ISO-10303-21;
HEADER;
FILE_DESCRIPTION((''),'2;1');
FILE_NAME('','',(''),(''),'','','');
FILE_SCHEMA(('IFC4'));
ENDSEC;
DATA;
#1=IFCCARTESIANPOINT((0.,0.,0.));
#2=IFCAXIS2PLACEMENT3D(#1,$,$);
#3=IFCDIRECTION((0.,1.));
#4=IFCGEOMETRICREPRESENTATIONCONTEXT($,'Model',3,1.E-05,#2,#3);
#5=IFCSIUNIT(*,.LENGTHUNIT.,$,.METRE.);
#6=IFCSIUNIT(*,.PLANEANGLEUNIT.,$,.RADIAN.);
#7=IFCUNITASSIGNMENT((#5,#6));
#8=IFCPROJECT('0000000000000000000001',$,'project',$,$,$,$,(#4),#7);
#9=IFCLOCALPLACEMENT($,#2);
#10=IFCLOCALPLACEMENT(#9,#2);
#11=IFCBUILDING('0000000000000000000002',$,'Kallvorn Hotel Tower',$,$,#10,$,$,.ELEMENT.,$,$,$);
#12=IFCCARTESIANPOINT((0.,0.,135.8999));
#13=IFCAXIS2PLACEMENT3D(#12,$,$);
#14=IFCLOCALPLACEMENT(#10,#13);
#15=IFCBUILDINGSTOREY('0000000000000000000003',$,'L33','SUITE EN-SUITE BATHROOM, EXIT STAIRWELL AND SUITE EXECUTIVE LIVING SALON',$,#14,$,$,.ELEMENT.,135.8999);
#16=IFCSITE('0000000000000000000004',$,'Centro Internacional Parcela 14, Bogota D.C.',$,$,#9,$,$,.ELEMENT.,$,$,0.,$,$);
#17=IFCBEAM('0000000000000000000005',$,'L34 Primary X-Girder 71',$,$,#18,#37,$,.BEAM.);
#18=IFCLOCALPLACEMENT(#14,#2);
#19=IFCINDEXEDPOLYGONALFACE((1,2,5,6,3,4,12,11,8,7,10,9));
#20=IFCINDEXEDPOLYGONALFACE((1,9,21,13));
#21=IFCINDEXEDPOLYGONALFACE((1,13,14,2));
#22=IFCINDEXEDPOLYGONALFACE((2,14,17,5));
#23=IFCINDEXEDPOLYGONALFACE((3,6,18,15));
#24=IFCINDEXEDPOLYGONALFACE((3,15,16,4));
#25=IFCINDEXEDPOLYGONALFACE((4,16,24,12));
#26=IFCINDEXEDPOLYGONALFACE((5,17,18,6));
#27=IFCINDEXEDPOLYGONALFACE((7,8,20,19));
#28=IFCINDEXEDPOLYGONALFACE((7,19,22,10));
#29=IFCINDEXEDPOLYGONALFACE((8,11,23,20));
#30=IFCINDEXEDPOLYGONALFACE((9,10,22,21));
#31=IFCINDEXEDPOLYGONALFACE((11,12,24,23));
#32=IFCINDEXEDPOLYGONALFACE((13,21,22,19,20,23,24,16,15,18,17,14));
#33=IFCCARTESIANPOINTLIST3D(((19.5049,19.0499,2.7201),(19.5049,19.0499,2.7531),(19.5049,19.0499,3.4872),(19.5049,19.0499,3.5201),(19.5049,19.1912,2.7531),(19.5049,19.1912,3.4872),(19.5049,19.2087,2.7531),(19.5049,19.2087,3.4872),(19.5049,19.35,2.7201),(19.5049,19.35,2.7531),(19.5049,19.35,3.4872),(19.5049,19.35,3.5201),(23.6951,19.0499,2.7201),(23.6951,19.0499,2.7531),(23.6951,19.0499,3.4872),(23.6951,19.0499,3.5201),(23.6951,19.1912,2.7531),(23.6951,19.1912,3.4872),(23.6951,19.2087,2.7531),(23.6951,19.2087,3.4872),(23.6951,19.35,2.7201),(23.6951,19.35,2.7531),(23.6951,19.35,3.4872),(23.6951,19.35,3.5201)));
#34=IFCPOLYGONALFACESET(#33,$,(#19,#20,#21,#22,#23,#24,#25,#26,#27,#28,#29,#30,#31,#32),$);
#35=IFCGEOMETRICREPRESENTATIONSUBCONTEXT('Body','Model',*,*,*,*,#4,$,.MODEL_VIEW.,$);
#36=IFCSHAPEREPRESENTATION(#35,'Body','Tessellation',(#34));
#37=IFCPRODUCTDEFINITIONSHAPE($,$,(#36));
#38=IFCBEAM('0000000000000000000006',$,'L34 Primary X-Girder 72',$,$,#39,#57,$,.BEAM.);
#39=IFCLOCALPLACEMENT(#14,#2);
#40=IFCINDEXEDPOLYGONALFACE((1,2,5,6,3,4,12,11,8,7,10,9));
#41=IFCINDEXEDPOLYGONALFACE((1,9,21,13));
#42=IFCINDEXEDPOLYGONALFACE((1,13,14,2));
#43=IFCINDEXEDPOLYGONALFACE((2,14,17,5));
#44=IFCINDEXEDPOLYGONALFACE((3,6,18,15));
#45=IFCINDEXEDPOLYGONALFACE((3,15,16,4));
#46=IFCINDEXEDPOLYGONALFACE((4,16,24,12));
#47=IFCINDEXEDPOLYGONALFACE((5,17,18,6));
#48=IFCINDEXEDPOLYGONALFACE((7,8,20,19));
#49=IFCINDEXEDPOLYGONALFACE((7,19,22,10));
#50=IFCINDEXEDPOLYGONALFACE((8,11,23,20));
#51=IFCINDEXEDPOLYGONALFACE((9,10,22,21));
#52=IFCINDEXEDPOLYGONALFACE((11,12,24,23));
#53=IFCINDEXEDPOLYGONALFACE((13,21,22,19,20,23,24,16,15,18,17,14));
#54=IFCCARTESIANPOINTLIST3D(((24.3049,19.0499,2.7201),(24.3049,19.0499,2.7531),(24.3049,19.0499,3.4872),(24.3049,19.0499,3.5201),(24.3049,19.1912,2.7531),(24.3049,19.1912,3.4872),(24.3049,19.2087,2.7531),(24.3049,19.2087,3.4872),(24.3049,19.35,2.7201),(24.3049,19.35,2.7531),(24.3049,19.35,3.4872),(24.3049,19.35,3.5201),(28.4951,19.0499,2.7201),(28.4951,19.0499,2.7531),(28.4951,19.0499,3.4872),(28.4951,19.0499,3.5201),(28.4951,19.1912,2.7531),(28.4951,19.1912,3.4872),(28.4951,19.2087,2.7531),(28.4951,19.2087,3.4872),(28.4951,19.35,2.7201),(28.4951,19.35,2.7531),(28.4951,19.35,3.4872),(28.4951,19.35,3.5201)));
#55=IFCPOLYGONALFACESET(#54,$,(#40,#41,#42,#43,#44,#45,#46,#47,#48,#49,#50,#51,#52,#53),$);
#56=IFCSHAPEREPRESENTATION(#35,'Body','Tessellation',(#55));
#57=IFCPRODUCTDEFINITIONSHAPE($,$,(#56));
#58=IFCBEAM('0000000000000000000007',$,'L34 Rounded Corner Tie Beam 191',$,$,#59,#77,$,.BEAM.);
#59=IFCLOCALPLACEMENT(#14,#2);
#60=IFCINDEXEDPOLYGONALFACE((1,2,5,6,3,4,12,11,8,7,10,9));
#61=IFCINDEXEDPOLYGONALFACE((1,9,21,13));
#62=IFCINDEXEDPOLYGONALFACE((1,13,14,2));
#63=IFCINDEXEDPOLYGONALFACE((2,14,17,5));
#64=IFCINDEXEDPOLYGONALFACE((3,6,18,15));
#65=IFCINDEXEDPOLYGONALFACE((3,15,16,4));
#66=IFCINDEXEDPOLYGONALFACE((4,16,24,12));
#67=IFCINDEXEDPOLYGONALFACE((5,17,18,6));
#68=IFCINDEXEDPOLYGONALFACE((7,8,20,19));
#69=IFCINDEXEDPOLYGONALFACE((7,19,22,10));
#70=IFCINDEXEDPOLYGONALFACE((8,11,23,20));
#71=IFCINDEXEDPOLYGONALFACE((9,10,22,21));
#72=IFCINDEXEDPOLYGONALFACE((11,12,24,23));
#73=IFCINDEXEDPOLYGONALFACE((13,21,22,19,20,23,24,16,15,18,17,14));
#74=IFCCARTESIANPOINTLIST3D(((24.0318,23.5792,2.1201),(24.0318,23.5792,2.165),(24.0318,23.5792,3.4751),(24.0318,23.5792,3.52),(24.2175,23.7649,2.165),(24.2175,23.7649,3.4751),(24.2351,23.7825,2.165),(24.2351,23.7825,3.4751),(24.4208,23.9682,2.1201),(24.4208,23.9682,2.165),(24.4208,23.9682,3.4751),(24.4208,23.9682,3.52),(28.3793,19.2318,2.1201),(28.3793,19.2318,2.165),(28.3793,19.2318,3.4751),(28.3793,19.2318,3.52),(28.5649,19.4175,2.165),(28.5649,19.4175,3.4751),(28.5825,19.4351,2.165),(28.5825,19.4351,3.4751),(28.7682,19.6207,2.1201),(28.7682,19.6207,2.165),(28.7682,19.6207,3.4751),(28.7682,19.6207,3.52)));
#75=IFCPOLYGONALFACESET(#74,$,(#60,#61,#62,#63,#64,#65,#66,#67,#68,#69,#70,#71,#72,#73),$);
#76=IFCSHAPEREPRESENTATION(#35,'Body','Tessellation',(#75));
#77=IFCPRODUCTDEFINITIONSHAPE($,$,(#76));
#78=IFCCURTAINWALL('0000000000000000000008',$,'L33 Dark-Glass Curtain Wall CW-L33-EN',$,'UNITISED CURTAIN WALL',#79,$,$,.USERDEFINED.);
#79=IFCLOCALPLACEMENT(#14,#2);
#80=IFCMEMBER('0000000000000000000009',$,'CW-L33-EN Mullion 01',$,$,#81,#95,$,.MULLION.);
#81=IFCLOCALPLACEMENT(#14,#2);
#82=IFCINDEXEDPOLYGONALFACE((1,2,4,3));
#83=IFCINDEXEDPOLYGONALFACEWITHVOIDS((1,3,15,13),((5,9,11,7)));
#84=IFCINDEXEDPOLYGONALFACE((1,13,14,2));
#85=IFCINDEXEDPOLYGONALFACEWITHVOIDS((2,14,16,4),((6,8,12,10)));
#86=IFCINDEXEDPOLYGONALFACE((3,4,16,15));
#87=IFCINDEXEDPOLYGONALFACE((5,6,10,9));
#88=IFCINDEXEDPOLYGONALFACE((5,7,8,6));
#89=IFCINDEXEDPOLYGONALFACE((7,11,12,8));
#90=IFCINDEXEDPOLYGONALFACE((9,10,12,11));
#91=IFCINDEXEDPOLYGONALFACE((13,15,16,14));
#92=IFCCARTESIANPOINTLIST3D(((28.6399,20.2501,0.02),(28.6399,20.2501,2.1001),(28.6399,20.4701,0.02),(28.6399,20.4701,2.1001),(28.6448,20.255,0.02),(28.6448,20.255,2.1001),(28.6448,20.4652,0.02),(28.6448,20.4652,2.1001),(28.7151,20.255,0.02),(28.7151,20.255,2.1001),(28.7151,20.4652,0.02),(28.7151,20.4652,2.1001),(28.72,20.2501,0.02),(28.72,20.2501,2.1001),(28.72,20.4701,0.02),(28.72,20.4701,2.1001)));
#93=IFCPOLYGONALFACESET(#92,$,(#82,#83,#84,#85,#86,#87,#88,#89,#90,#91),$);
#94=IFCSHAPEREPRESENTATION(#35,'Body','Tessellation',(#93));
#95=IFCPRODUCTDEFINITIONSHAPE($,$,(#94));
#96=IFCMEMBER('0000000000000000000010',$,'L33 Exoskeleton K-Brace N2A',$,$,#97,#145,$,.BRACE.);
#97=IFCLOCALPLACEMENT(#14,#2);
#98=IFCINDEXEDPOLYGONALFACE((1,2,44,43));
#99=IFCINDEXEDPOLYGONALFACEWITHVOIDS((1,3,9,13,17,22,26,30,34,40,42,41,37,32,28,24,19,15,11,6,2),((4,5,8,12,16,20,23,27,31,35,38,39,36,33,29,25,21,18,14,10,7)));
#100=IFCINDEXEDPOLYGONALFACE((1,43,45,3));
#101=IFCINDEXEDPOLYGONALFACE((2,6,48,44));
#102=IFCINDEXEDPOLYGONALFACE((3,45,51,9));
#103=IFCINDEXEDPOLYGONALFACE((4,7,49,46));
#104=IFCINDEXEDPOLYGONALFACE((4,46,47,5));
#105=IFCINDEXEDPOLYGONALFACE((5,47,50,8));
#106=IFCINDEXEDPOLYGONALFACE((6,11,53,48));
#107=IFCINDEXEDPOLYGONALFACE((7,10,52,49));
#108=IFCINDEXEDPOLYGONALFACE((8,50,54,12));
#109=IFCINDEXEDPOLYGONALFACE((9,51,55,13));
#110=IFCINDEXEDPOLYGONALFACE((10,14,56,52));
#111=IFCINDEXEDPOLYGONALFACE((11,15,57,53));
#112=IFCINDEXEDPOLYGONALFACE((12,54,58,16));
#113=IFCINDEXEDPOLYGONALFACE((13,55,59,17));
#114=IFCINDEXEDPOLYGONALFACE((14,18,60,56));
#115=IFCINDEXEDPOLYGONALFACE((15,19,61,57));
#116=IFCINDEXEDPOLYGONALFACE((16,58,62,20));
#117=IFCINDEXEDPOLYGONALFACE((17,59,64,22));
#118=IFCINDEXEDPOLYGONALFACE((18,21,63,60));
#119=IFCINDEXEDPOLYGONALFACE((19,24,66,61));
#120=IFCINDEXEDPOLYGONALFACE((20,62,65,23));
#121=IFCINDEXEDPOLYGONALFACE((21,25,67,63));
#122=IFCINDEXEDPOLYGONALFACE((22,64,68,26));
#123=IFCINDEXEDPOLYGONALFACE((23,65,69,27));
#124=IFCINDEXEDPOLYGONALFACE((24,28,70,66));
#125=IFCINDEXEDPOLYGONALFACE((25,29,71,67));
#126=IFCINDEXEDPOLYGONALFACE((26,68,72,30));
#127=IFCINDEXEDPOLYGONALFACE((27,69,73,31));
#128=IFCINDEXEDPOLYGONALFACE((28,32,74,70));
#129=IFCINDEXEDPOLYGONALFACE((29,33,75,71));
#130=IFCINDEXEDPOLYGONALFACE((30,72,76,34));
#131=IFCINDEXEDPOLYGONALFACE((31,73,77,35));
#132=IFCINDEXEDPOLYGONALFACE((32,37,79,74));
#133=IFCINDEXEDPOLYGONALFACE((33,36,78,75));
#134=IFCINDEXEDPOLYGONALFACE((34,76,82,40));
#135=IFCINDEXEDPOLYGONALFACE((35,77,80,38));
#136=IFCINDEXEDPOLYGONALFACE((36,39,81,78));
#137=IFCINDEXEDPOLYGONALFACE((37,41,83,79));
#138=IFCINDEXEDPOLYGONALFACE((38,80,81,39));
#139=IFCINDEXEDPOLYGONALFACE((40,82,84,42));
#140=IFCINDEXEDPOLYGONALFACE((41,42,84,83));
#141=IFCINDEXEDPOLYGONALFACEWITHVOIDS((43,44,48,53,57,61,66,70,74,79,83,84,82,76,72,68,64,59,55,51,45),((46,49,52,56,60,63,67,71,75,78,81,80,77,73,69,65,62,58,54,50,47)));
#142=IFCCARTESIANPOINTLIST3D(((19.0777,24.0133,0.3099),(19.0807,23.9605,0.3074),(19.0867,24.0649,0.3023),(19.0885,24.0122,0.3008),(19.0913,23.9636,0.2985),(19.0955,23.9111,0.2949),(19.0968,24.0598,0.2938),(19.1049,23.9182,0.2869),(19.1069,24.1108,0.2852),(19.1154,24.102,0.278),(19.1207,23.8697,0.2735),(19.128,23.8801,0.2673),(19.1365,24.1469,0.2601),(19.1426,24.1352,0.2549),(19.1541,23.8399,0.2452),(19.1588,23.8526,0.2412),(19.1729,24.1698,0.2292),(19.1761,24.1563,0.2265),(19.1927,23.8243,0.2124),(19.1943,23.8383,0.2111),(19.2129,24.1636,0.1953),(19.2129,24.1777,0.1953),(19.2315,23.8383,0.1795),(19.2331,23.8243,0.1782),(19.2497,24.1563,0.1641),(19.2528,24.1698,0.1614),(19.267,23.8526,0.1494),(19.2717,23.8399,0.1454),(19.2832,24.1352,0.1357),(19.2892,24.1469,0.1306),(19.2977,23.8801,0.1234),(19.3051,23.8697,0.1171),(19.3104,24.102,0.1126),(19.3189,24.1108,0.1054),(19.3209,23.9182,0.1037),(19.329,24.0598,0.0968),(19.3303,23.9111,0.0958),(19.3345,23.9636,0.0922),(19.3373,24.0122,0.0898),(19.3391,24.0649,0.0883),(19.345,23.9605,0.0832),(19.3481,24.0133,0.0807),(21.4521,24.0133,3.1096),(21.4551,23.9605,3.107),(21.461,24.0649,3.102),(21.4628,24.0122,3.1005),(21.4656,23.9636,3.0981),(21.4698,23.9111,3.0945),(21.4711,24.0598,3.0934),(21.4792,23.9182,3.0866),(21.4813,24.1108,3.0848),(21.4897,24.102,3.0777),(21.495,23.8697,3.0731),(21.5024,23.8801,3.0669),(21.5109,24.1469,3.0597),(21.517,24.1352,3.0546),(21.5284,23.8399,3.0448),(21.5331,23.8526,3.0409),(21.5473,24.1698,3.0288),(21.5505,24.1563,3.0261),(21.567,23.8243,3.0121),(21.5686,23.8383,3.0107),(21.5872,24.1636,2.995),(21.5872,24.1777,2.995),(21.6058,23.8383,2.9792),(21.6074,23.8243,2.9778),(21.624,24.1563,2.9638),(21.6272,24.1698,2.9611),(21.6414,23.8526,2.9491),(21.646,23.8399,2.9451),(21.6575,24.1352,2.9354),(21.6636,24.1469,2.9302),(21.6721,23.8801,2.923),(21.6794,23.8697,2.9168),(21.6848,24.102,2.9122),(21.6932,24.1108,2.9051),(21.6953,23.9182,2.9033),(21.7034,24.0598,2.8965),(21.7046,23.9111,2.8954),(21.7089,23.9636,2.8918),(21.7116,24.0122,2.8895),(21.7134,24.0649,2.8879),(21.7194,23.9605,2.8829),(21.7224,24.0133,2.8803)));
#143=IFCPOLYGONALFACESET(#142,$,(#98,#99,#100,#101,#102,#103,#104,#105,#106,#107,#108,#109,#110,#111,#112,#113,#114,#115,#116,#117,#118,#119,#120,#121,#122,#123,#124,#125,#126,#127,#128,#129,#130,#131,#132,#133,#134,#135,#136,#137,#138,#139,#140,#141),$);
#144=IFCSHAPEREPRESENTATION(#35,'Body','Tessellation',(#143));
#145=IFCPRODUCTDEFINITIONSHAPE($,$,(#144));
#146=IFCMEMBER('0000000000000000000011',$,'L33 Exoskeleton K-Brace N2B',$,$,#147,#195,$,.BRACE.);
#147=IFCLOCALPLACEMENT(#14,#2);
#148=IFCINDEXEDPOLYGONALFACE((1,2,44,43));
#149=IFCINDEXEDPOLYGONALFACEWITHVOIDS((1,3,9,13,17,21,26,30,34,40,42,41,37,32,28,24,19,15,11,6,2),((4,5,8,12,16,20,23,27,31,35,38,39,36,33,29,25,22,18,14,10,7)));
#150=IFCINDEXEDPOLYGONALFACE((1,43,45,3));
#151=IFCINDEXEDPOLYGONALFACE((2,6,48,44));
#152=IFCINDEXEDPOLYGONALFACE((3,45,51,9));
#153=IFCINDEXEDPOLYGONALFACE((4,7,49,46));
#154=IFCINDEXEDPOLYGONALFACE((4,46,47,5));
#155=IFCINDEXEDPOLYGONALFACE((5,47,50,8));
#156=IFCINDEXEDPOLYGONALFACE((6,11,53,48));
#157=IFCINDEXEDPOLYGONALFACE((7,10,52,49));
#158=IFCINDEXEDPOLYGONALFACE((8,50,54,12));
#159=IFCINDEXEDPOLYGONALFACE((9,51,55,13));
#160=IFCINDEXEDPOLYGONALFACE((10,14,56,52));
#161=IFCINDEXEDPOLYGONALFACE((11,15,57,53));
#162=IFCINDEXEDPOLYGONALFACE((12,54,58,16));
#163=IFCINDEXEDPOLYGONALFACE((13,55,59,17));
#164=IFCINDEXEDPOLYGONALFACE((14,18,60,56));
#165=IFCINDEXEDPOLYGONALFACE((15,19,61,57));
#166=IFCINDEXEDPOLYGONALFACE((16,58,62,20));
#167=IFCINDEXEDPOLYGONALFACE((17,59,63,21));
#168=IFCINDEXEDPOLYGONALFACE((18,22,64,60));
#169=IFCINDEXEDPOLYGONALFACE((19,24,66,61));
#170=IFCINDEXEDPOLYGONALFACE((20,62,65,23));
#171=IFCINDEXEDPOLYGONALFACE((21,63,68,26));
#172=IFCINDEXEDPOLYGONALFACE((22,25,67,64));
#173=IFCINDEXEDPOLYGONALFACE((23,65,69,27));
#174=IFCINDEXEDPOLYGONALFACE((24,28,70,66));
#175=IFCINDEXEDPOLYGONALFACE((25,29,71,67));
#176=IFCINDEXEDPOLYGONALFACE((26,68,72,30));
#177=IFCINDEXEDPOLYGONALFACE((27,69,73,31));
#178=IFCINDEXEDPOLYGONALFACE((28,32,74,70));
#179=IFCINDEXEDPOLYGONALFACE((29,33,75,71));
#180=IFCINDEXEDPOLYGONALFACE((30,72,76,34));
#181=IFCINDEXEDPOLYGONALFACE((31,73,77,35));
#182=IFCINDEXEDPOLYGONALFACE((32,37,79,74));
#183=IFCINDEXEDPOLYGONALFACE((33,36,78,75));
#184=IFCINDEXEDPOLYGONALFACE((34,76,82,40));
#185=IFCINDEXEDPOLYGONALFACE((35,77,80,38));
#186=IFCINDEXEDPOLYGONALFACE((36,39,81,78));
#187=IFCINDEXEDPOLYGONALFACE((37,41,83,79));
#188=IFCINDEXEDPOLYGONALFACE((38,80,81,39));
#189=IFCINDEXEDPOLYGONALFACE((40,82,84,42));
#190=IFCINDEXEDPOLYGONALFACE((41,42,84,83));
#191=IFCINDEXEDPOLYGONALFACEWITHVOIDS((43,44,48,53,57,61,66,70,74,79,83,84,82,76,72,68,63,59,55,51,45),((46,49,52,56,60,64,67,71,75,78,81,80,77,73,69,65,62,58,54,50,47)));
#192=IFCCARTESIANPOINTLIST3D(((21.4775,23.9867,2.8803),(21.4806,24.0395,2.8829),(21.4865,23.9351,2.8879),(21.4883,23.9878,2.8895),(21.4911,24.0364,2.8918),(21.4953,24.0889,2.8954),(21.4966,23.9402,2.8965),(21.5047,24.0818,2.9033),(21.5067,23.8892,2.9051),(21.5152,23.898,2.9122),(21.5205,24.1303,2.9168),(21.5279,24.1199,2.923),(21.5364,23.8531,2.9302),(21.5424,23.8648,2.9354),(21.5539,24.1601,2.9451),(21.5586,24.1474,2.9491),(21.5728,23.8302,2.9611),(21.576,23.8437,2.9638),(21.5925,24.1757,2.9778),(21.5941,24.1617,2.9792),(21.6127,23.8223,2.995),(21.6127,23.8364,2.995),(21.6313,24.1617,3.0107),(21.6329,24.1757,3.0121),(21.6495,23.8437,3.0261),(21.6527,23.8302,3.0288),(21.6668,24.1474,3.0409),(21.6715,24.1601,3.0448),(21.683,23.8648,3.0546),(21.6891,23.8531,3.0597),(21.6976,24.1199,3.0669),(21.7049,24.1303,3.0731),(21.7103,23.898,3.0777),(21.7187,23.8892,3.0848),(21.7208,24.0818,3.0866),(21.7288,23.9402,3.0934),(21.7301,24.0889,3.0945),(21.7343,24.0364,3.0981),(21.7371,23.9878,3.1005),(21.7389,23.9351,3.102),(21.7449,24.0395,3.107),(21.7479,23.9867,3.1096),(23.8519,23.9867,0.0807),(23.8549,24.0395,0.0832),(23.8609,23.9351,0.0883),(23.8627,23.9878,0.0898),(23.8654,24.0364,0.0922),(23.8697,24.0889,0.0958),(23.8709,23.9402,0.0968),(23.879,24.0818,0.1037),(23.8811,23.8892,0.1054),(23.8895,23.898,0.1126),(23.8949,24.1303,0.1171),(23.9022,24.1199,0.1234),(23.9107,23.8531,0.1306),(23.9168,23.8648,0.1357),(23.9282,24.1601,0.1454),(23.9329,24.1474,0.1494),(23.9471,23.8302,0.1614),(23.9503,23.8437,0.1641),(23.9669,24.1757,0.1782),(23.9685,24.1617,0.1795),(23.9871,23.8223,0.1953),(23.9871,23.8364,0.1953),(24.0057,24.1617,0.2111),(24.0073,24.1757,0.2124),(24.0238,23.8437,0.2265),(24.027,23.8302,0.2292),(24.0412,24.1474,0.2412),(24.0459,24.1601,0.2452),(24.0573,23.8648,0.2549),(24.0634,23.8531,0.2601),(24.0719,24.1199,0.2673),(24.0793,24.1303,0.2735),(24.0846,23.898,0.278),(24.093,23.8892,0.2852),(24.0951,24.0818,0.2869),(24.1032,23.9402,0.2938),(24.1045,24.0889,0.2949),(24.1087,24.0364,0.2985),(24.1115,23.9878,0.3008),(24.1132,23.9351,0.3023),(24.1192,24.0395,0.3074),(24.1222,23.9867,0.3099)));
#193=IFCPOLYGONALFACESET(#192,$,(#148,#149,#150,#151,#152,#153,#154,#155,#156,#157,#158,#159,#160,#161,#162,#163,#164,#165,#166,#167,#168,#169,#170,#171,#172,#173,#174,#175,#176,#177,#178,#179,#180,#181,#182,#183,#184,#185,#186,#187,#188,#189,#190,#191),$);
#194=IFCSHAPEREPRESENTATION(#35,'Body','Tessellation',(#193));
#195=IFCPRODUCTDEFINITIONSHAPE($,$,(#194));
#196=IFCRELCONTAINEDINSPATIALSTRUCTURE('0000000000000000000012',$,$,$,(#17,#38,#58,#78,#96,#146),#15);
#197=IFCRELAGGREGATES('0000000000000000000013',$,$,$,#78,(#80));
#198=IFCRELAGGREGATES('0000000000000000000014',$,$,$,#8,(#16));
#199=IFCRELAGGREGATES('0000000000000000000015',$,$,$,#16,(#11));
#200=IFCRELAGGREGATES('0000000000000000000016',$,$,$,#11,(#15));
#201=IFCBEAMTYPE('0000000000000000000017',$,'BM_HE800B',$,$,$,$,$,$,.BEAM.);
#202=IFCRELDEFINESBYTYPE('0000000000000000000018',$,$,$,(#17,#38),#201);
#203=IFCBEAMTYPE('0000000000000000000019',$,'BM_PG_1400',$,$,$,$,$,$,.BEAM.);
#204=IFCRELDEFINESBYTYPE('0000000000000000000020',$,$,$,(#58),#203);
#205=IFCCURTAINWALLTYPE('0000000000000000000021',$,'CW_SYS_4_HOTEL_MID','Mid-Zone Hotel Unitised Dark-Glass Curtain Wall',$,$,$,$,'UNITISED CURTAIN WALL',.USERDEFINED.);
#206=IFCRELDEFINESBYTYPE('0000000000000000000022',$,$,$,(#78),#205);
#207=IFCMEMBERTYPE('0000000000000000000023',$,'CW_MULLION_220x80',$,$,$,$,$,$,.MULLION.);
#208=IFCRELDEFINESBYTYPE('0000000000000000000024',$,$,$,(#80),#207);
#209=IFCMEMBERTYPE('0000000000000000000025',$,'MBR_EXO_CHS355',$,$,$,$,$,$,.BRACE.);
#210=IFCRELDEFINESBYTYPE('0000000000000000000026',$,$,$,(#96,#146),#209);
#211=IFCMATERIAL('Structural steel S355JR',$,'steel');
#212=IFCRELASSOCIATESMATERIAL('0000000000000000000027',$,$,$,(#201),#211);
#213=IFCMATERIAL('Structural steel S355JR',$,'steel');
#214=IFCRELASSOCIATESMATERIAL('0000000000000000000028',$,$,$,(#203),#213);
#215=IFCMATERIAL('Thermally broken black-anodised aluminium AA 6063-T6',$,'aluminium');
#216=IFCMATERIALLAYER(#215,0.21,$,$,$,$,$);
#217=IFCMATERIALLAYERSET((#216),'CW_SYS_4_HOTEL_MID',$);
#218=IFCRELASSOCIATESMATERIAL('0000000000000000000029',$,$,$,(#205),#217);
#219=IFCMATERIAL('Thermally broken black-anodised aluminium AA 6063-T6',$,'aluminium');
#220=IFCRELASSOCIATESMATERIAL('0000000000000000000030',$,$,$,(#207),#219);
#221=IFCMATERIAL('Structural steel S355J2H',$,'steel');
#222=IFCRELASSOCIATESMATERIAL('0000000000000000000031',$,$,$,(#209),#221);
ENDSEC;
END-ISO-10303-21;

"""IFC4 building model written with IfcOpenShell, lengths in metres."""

from ifc_helpers import new_model, si_unit, direction, frame, origin, origin_2d, place, context, subcontext, project, spatial, hollow_rectangle, hollow_circle, i_section, extrude, material, layer, layer_set, material_profile, profile_set, type_object, element, aggregate, save


model = new_model("IFC4")

# Units and contexts
model_context = context("Model", 3, precision=1e-05, world=origin(), true_north=direction((0.0, 1.0)))
body_context = subcontext(model_context, "Body", "Model", "MODEL_VIEW")
ifc_project = project(units=[si_unit("LENGTHUNIT", "METRE"), si_unit("PLANEANGLEUNIT", "RADIAN")], contexts=[model_context])

# Site, building, storey
site_placement = place(None, origin())
site = spatial("IfcSite", under=ifc_project, at=site_placement, Name="Centro Internacional Parcela 14, Bogota D.C.", CompositionType="ELEMENT", RefElevation=0.0)
building_placement = place(site_placement, origin())
building = spatial("IfcBuilding", under=site, at=building_placement, Name="Kallvorn Hotel Tower", CompositionType="ELEMENT")
storey_placement = place(building_placement, frame((0.0, 0.0, 135.8999)))
storey = spatial("IfcBuildingStorey", under=building, at=storey_placement, Name="L33", Description="SUITE EN-SUITE BATHROOM, EXIT STAIRWELL AND SUITE EXECUTIVE LIVING SALON", CompositionType="ELEMENT", Elevation=135.8999)

# Beams
ifc_material_1 = material(Name="Structural steel S355JR", Category="steel")
ifc_material_profile_1 = material_profile(ifc_material_1, i_section(OverallWidth=0.3, OverallDepth=0.8, WebThickness=0.0176, FlangeThickness=0.033, at=origin_2d()), Name="HE 800 B")
ifc_profile_set_1 = profile_set([ifc_material_profile_1], Name="Structural steel S355JR")
beam_type_1 = type_object("IfcBeamType", Name="BM_HE800B", PredefinedType="BEAM", material=ifc_profile_set_1)
for number, where, z_axis, x_axis, name in (
    (1, (19.5049, 19.2, 3.1201), (1.0, 0.0, 0.0), (0.0, 1.0, 0.0), "L34 Primary X-Girder 71"),
    (2, (24.3049, 19.2, 3.1201), (1.0, 0.0, 0.0), (0.0, 1.0, 0.0), "L34 Primary X-Girder 72"),
):
    element("IfcBeam", number, at=place(storey_placement, frame(where, z_axis=z_axis, x_axis=x_axis)), inside=storey, type_object=beam_type_1, Name=name, PredefinedType="BEAM", context=body_context, shape_type="SweptSolid", body=[
        extrude(i_section(OverallWidth=0.3, OverallDepth=0.8, WebThickness=0.0176, FlangeThickness=0.033, at=origin_2d()), origin(), (0.0, 0.0, 1.0), 4.1902),
    ])
ifc_material_2 = material(Name="Structural steel S355JR", Category="steel")
ifc_material_profile_2 = material_profile(ifc_material_2, i_section(OverallWidth=0.55, OverallDepth=1.3999, WebThickness=0.0249, FlangeThickness=0.0449, at=origin_2d()), Name="PG 1400x550x25x45")
ifc_profile_set_2 = profile_set([ifc_material_profile_2], Name="Structural steel S355JR")
beam_type_2 = type_object("IfcBeamType", Name="BM_PG_1400", PredefinedType="BEAM", material=ifc_profile_set_2)
beam_1_placement = place(storey_placement, frame((28.5737, 19.4263, 2.8201), z_axis=(-0.707107, 0.707107, 0.0), x_axis=(-0.707107, -0.707107, 0.0)))
element("IfcBeam", 3, at=beam_1_placement, inside=storey, type_object=beam_type_2, Name="L34 Rounded Corner Tie Beam 191", PredefinedType="BEAM", context=body_context, shape_type="SweptSolid", body=[
    extrude(i_section(OverallWidth=0.55, OverallDepth=1.3999, WebThickness=0.0249, FlangeThickness=0.0449, at=origin_2d()), origin(), (0.0, 0.0, 1.0), 6.1482),
])

# Curtain wall, member
ifc_material_3 = material(Name="Thermally broken black-anodised aluminium AA 6063-T6", Category="aluminium")
ifc_layer_1 = layer(ifc_material_3, 0.21)
ifc_layer_set_1 = layer_set([ifc_layer_1], Name="CW_SYS_4_HOTEL_MID")
curtain_wall_type = type_object("IfcCurtainWallType", Name="CW_SYS_4_HOTEL_MID", Description="Mid-Zone Hotel Unitised Dark-Glass Curtain Wall", ElementType="UNITISED CURTAIN WALL", PredefinedType="USERDEFINED", material=ifc_layer_set_1)
curtain_wall_placement = place(storey_placement, origin())
curtain_wall = element("IfcCurtainWall", 4, at=curtain_wall_placement, inside=storey, type_object=curtain_wall_type, Name="L33 Dark-Glass Curtain Wall CW-L33-EN", ObjectType="UNITISED CURTAIN WALL", PredefinedType="USERDEFINED")
ifc_material_4 = material(Name="Thermally broken black-anodised aluminium AA 6063-T6", Category="aluminium")
ifc_material_profile_3 = material_profile(ifc_material_4, hollow_rectangle(XDim=0.0801, YDim=0.22, WallThickness=0.0049, at=origin_2d()), Name="MUL 220x80")
ifc_profile_set_3 = profile_set([ifc_material_profile_3], Name="Thermally broken black-anodised aluminium AA 6063-T6")
member_type_1 = type_object("IfcMemberType", Name="CW_MULLION_220x80", PredefinedType="MULLION", material=ifc_profile_set_3)
member_placement = place(storey_placement, frame((28.6799, 20.3601, 0.02), z_axis=(0.0, 0.0, 1.0), x_axis=(1.0, 0.0, 0.0)))
member = element("IfcMember", 5, at=member_placement, type_object=member_type_1, Name="CW-L33-EN Mullion 01", PredefinedType="MULLION", context=body_context, shape_type="SweptSolid", body=[
    extrude(hollow_rectangle(XDim=0.0801, YDim=0.22, WallThickness=0.0049, at=origin_2d()), origin(), (0.0, 0.0, 1.0), 2.0801),
])
aggregate(curtain_wall, [member])

# Members
ifc_material_5 = material(Name="Structural steel S355J2H", Category="steel")
ifc_material_profile_4 = material_profile(ifc_material_5, hollow_circle(Radius=0.1777, WallThickness=0.0142, at=origin_2d()), Name="CHS 355.6x14.2")
ifc_profile_set_4 = profile_set([ifc_material_profile_4], Name="Structural steel S355J2H")
member_type_2 = type_object("IfcMemberType", Name="MBR_EXO_CHS355", PredefinedType="BRACE", material=ifc_profile_set_4)
for number, where, z_axis, x_axis, name in (
    (6, (19.2129, 24.0, 0.1953), (0.6468, 0.0, 0.762659), (0.0, 1.0, 0.0), "L33 Exoskeleton K-Brace N2A"),
    (7, (23.9871, 24.0, 0.1953), (-0.6468, 0.0, 0.762659), (0.0, -1.0, 0.0), "L33 Exoskeleton K-Brace N2B"),
):
    element("IfcMember", number, at=place(storey_placement, frame(where, z_axis=z_axis, x_axis=x_axis)), inside=storey, type_object=member_type_2, Name=name, PredefinedType="BRACE", context=body_context, shape_type="SweptSolid", body=[
        extrude(hollow_circle(Radius=0.1777, WallThickness=0.0142, at=origin_2d()), origin(), (0.0, 0.0, 1.0), 3.6709),
    ])

save(model, "model.ifc")
